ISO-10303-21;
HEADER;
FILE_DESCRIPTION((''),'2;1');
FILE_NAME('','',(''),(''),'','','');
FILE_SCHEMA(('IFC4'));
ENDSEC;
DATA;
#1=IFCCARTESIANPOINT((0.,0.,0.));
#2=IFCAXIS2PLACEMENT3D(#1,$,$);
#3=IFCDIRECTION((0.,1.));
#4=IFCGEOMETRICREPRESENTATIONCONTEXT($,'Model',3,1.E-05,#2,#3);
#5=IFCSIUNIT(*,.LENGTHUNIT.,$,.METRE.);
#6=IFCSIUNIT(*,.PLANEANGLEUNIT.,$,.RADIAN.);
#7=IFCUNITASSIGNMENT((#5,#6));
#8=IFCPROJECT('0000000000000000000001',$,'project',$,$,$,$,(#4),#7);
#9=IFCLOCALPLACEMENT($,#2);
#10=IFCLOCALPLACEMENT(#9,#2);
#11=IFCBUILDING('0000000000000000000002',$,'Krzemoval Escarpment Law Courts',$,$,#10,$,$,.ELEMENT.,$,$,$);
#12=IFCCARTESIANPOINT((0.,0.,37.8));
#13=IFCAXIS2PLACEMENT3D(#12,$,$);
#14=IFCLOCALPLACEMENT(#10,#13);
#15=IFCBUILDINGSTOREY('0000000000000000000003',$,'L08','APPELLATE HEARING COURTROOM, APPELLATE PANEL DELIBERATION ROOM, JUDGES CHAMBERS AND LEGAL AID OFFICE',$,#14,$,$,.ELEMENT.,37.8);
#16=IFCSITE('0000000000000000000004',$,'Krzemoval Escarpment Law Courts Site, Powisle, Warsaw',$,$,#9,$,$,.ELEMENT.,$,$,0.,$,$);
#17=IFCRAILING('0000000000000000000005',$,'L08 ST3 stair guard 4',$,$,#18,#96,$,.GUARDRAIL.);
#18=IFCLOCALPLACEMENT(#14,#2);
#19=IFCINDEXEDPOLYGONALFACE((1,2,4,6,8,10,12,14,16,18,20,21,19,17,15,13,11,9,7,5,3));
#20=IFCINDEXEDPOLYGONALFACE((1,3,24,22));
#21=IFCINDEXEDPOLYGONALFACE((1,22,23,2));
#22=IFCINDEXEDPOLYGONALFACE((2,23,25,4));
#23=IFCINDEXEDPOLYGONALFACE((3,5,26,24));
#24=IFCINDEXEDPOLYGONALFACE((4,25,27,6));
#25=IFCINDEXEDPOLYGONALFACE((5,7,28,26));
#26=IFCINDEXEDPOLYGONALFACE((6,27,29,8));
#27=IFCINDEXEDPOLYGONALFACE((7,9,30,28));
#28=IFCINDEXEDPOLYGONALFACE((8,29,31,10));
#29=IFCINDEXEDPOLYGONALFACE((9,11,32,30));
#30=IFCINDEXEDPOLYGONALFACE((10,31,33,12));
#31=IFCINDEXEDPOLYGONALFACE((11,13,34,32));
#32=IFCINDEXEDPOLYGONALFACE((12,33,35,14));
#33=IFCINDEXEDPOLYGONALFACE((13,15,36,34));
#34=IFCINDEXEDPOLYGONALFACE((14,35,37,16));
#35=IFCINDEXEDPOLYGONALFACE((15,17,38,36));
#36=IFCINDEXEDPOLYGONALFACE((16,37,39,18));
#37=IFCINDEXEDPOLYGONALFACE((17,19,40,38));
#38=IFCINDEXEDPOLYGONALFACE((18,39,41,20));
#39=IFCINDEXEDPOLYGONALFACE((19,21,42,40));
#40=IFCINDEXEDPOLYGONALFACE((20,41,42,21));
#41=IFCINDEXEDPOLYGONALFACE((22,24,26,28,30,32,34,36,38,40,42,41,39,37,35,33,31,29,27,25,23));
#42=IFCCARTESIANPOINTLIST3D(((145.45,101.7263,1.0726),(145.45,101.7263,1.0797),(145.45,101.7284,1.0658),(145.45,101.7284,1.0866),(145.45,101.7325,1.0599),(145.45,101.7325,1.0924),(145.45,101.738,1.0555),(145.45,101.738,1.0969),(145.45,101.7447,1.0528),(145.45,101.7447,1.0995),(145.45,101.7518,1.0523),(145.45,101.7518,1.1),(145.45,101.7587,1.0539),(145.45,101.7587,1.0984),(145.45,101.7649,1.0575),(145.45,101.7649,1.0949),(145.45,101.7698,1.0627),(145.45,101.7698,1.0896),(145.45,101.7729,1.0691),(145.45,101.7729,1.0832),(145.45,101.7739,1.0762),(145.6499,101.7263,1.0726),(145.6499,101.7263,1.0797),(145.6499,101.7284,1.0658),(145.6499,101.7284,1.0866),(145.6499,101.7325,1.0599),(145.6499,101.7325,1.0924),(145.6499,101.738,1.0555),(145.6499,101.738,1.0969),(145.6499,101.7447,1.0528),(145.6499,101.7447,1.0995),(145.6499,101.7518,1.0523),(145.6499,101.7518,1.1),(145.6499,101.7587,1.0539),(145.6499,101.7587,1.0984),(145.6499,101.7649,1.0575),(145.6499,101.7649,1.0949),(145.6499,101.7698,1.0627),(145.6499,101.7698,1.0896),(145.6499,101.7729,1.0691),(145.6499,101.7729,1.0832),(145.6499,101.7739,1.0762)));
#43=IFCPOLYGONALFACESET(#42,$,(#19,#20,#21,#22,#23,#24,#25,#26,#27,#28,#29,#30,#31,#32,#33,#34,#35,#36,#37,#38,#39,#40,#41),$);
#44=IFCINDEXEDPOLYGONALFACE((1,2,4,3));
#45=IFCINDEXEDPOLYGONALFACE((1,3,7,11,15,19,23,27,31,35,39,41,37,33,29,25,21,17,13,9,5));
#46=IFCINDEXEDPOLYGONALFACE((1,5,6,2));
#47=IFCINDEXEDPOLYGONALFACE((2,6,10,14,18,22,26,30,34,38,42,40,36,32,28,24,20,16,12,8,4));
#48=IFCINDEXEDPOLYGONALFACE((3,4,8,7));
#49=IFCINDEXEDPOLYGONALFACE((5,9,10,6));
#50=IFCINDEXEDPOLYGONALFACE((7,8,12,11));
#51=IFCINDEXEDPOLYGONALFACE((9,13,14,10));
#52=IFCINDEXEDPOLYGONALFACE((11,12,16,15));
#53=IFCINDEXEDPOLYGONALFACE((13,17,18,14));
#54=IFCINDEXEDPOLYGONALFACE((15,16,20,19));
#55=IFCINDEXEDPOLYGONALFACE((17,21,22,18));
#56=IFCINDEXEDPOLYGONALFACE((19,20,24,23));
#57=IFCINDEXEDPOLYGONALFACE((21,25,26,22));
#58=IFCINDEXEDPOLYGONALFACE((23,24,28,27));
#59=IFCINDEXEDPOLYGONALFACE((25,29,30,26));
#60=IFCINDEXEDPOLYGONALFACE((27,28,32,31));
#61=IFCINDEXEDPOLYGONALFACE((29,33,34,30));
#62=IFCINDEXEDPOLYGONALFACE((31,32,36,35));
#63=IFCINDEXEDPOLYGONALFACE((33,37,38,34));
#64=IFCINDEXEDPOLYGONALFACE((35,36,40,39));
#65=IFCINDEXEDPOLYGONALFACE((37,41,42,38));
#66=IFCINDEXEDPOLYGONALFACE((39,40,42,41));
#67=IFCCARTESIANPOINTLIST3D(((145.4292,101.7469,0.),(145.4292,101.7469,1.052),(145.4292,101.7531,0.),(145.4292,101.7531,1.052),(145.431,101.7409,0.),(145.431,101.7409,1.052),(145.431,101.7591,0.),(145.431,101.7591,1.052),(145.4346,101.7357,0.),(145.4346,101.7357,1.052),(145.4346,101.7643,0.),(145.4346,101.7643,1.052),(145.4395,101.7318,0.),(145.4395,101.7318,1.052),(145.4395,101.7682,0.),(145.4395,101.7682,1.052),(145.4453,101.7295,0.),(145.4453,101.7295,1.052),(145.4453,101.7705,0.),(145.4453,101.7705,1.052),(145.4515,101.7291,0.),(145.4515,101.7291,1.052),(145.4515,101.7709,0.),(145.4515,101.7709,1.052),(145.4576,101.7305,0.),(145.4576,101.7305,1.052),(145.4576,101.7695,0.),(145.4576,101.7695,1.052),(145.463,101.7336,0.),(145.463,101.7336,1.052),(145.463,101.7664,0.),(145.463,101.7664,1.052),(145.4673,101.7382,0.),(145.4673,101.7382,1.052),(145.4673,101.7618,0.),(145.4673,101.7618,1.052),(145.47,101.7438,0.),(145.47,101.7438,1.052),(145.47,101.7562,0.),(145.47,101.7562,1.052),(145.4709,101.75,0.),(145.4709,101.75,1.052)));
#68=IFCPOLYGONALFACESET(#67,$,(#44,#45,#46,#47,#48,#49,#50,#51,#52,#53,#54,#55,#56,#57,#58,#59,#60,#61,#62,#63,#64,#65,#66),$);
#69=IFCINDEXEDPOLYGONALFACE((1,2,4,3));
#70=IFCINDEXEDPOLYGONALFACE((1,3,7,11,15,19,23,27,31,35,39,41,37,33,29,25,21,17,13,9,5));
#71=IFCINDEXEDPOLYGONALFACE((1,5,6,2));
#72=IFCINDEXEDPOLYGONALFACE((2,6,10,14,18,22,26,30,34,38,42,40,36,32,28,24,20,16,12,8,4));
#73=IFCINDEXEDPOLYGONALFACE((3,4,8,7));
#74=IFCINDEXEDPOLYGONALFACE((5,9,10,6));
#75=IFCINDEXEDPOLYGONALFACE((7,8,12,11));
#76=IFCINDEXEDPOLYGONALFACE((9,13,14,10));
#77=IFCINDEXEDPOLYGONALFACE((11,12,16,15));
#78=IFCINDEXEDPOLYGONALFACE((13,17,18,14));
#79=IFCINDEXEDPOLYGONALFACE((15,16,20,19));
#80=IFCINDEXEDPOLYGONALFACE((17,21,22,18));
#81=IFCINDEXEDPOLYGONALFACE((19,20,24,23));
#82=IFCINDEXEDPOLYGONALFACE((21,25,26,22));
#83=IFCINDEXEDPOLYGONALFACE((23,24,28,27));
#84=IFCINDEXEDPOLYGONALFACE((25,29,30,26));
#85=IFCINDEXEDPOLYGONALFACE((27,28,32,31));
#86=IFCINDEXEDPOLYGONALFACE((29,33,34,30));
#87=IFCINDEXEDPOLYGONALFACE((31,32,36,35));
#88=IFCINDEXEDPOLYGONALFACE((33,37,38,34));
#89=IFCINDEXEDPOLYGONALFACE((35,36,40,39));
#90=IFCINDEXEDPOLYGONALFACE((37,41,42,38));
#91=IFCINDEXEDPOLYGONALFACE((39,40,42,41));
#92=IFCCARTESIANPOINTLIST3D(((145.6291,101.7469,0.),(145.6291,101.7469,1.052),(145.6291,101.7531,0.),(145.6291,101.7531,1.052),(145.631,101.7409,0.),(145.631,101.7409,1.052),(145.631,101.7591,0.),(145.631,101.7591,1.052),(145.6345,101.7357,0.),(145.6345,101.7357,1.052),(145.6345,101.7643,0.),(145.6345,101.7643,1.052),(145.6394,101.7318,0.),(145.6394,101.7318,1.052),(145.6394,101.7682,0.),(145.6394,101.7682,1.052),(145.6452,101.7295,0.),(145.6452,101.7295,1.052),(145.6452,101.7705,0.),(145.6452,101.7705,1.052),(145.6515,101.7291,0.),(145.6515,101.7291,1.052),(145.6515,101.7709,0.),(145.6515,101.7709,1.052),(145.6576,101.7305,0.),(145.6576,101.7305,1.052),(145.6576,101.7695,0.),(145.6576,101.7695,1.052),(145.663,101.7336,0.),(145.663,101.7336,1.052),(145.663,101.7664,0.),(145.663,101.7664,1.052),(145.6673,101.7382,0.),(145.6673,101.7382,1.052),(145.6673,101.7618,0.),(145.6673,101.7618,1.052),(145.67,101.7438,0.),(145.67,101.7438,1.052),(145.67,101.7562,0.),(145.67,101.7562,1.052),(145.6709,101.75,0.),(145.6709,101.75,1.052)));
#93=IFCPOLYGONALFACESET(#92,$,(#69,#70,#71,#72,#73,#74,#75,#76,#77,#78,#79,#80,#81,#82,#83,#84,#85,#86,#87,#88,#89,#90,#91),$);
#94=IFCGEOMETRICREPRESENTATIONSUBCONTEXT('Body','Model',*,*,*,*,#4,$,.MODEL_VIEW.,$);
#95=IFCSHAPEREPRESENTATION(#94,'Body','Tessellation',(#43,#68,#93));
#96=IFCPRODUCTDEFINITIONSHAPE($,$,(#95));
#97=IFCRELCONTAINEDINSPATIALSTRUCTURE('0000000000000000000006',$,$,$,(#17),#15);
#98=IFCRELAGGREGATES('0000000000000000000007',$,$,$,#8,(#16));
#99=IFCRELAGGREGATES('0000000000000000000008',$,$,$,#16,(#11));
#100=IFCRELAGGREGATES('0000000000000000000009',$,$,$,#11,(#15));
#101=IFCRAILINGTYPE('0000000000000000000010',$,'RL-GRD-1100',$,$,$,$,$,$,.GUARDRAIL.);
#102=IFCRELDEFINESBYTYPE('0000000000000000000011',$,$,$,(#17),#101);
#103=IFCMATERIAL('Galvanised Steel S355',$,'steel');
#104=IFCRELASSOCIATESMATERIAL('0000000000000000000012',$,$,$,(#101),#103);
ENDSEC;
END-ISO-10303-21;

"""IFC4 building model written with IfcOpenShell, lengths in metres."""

from ifc_helpers import new_model, si_unit, direction, frame, origin, origin_2d, place, context, subcontext, project, spatial, circle, extrude, material, type_object, element, save


model = new_model("IFC4")

# Units and contexts
model_context = context("Model", 3, precision=1e-05, world=origin(), true_north=direction((0.0, 1.0)))
body_context = subcontext(model_context, "Body", "Model", "MODEL_VIEW")
ifc_project = project(units=[si_unit("LENGTHUNIT", "METRE"), si_unit("PLANEANGLEUNIT", "RADIAN")], contexts=[model_context])

# Site, building, storey
site_placement = place(None, origin())
site = spatial("IfcSite", under=ifc_project, at=site_placement, Name="Krzemoval Escarpment Law Courts Site, Powisle, Warsaw", CompositionType="ELEMENT", RefElevation=0.0)
building_placement = place(site_placement, origin())
building = spatial("IfcBuilding", under=site, at=building_placement, Name="Krzemoval Escarpment Law Courts", CompositionType="ELEMENT")
storey_placement = place(building_placement, frame((0.0, 0.0, 37.8)))
storey = spatial("IfcBuildingStorey", under=building, at=storey_placement, Name="L08", Description="APPELLATE HEARING COURTROOM, APPELLATE PANEL DELIBERATION ROOM, JUDGES CHAMBERS AND LEGAL AID OFFICE", CompositionType="ELEMENT", Elevation=37.8)

# Railing
ifc_material_1 = material(Name="Galvanised Steel S355", Category="steel")
railing_type_1 = type_object("IfcRailingType", Name="RL-GRD-1100", PredefinedType="GUARDRAIL", material=ifc_material_1)
railing_1_placement = place(storey_placement, frame((145.45, 101.75, 0.0)))
element("IfcRailing", 1, at=railing_1_placement, inside=storey, type_object=railing_type_1, Name="L08 ST3 stair guard 4", PredefinedType="GUARDRAIL", context=body_context, shape_type="SweptSolid", body=[
    extrude(circle(Radius=0.0239, at=origin_2d()), frame((0.0, 0.0, 1.0762), z_axis=(1.0, 0.0, 0.0), x_axis=(0.0, 1.0, 0.0)), (0.0, 0.0, 1.0), 0.2),
    extrude(circle(Radius=0.021, at=origin_2d()), origin(), (0.0, 0.0, 1.0), 1.052),
    extrude(circle(Radius=0.021, at=origin_2d()), frame((0.2, 0.0, 0.0)), (0.0, 0.0, 1.0), 1.052),
])

save(model, "model.ifc")
